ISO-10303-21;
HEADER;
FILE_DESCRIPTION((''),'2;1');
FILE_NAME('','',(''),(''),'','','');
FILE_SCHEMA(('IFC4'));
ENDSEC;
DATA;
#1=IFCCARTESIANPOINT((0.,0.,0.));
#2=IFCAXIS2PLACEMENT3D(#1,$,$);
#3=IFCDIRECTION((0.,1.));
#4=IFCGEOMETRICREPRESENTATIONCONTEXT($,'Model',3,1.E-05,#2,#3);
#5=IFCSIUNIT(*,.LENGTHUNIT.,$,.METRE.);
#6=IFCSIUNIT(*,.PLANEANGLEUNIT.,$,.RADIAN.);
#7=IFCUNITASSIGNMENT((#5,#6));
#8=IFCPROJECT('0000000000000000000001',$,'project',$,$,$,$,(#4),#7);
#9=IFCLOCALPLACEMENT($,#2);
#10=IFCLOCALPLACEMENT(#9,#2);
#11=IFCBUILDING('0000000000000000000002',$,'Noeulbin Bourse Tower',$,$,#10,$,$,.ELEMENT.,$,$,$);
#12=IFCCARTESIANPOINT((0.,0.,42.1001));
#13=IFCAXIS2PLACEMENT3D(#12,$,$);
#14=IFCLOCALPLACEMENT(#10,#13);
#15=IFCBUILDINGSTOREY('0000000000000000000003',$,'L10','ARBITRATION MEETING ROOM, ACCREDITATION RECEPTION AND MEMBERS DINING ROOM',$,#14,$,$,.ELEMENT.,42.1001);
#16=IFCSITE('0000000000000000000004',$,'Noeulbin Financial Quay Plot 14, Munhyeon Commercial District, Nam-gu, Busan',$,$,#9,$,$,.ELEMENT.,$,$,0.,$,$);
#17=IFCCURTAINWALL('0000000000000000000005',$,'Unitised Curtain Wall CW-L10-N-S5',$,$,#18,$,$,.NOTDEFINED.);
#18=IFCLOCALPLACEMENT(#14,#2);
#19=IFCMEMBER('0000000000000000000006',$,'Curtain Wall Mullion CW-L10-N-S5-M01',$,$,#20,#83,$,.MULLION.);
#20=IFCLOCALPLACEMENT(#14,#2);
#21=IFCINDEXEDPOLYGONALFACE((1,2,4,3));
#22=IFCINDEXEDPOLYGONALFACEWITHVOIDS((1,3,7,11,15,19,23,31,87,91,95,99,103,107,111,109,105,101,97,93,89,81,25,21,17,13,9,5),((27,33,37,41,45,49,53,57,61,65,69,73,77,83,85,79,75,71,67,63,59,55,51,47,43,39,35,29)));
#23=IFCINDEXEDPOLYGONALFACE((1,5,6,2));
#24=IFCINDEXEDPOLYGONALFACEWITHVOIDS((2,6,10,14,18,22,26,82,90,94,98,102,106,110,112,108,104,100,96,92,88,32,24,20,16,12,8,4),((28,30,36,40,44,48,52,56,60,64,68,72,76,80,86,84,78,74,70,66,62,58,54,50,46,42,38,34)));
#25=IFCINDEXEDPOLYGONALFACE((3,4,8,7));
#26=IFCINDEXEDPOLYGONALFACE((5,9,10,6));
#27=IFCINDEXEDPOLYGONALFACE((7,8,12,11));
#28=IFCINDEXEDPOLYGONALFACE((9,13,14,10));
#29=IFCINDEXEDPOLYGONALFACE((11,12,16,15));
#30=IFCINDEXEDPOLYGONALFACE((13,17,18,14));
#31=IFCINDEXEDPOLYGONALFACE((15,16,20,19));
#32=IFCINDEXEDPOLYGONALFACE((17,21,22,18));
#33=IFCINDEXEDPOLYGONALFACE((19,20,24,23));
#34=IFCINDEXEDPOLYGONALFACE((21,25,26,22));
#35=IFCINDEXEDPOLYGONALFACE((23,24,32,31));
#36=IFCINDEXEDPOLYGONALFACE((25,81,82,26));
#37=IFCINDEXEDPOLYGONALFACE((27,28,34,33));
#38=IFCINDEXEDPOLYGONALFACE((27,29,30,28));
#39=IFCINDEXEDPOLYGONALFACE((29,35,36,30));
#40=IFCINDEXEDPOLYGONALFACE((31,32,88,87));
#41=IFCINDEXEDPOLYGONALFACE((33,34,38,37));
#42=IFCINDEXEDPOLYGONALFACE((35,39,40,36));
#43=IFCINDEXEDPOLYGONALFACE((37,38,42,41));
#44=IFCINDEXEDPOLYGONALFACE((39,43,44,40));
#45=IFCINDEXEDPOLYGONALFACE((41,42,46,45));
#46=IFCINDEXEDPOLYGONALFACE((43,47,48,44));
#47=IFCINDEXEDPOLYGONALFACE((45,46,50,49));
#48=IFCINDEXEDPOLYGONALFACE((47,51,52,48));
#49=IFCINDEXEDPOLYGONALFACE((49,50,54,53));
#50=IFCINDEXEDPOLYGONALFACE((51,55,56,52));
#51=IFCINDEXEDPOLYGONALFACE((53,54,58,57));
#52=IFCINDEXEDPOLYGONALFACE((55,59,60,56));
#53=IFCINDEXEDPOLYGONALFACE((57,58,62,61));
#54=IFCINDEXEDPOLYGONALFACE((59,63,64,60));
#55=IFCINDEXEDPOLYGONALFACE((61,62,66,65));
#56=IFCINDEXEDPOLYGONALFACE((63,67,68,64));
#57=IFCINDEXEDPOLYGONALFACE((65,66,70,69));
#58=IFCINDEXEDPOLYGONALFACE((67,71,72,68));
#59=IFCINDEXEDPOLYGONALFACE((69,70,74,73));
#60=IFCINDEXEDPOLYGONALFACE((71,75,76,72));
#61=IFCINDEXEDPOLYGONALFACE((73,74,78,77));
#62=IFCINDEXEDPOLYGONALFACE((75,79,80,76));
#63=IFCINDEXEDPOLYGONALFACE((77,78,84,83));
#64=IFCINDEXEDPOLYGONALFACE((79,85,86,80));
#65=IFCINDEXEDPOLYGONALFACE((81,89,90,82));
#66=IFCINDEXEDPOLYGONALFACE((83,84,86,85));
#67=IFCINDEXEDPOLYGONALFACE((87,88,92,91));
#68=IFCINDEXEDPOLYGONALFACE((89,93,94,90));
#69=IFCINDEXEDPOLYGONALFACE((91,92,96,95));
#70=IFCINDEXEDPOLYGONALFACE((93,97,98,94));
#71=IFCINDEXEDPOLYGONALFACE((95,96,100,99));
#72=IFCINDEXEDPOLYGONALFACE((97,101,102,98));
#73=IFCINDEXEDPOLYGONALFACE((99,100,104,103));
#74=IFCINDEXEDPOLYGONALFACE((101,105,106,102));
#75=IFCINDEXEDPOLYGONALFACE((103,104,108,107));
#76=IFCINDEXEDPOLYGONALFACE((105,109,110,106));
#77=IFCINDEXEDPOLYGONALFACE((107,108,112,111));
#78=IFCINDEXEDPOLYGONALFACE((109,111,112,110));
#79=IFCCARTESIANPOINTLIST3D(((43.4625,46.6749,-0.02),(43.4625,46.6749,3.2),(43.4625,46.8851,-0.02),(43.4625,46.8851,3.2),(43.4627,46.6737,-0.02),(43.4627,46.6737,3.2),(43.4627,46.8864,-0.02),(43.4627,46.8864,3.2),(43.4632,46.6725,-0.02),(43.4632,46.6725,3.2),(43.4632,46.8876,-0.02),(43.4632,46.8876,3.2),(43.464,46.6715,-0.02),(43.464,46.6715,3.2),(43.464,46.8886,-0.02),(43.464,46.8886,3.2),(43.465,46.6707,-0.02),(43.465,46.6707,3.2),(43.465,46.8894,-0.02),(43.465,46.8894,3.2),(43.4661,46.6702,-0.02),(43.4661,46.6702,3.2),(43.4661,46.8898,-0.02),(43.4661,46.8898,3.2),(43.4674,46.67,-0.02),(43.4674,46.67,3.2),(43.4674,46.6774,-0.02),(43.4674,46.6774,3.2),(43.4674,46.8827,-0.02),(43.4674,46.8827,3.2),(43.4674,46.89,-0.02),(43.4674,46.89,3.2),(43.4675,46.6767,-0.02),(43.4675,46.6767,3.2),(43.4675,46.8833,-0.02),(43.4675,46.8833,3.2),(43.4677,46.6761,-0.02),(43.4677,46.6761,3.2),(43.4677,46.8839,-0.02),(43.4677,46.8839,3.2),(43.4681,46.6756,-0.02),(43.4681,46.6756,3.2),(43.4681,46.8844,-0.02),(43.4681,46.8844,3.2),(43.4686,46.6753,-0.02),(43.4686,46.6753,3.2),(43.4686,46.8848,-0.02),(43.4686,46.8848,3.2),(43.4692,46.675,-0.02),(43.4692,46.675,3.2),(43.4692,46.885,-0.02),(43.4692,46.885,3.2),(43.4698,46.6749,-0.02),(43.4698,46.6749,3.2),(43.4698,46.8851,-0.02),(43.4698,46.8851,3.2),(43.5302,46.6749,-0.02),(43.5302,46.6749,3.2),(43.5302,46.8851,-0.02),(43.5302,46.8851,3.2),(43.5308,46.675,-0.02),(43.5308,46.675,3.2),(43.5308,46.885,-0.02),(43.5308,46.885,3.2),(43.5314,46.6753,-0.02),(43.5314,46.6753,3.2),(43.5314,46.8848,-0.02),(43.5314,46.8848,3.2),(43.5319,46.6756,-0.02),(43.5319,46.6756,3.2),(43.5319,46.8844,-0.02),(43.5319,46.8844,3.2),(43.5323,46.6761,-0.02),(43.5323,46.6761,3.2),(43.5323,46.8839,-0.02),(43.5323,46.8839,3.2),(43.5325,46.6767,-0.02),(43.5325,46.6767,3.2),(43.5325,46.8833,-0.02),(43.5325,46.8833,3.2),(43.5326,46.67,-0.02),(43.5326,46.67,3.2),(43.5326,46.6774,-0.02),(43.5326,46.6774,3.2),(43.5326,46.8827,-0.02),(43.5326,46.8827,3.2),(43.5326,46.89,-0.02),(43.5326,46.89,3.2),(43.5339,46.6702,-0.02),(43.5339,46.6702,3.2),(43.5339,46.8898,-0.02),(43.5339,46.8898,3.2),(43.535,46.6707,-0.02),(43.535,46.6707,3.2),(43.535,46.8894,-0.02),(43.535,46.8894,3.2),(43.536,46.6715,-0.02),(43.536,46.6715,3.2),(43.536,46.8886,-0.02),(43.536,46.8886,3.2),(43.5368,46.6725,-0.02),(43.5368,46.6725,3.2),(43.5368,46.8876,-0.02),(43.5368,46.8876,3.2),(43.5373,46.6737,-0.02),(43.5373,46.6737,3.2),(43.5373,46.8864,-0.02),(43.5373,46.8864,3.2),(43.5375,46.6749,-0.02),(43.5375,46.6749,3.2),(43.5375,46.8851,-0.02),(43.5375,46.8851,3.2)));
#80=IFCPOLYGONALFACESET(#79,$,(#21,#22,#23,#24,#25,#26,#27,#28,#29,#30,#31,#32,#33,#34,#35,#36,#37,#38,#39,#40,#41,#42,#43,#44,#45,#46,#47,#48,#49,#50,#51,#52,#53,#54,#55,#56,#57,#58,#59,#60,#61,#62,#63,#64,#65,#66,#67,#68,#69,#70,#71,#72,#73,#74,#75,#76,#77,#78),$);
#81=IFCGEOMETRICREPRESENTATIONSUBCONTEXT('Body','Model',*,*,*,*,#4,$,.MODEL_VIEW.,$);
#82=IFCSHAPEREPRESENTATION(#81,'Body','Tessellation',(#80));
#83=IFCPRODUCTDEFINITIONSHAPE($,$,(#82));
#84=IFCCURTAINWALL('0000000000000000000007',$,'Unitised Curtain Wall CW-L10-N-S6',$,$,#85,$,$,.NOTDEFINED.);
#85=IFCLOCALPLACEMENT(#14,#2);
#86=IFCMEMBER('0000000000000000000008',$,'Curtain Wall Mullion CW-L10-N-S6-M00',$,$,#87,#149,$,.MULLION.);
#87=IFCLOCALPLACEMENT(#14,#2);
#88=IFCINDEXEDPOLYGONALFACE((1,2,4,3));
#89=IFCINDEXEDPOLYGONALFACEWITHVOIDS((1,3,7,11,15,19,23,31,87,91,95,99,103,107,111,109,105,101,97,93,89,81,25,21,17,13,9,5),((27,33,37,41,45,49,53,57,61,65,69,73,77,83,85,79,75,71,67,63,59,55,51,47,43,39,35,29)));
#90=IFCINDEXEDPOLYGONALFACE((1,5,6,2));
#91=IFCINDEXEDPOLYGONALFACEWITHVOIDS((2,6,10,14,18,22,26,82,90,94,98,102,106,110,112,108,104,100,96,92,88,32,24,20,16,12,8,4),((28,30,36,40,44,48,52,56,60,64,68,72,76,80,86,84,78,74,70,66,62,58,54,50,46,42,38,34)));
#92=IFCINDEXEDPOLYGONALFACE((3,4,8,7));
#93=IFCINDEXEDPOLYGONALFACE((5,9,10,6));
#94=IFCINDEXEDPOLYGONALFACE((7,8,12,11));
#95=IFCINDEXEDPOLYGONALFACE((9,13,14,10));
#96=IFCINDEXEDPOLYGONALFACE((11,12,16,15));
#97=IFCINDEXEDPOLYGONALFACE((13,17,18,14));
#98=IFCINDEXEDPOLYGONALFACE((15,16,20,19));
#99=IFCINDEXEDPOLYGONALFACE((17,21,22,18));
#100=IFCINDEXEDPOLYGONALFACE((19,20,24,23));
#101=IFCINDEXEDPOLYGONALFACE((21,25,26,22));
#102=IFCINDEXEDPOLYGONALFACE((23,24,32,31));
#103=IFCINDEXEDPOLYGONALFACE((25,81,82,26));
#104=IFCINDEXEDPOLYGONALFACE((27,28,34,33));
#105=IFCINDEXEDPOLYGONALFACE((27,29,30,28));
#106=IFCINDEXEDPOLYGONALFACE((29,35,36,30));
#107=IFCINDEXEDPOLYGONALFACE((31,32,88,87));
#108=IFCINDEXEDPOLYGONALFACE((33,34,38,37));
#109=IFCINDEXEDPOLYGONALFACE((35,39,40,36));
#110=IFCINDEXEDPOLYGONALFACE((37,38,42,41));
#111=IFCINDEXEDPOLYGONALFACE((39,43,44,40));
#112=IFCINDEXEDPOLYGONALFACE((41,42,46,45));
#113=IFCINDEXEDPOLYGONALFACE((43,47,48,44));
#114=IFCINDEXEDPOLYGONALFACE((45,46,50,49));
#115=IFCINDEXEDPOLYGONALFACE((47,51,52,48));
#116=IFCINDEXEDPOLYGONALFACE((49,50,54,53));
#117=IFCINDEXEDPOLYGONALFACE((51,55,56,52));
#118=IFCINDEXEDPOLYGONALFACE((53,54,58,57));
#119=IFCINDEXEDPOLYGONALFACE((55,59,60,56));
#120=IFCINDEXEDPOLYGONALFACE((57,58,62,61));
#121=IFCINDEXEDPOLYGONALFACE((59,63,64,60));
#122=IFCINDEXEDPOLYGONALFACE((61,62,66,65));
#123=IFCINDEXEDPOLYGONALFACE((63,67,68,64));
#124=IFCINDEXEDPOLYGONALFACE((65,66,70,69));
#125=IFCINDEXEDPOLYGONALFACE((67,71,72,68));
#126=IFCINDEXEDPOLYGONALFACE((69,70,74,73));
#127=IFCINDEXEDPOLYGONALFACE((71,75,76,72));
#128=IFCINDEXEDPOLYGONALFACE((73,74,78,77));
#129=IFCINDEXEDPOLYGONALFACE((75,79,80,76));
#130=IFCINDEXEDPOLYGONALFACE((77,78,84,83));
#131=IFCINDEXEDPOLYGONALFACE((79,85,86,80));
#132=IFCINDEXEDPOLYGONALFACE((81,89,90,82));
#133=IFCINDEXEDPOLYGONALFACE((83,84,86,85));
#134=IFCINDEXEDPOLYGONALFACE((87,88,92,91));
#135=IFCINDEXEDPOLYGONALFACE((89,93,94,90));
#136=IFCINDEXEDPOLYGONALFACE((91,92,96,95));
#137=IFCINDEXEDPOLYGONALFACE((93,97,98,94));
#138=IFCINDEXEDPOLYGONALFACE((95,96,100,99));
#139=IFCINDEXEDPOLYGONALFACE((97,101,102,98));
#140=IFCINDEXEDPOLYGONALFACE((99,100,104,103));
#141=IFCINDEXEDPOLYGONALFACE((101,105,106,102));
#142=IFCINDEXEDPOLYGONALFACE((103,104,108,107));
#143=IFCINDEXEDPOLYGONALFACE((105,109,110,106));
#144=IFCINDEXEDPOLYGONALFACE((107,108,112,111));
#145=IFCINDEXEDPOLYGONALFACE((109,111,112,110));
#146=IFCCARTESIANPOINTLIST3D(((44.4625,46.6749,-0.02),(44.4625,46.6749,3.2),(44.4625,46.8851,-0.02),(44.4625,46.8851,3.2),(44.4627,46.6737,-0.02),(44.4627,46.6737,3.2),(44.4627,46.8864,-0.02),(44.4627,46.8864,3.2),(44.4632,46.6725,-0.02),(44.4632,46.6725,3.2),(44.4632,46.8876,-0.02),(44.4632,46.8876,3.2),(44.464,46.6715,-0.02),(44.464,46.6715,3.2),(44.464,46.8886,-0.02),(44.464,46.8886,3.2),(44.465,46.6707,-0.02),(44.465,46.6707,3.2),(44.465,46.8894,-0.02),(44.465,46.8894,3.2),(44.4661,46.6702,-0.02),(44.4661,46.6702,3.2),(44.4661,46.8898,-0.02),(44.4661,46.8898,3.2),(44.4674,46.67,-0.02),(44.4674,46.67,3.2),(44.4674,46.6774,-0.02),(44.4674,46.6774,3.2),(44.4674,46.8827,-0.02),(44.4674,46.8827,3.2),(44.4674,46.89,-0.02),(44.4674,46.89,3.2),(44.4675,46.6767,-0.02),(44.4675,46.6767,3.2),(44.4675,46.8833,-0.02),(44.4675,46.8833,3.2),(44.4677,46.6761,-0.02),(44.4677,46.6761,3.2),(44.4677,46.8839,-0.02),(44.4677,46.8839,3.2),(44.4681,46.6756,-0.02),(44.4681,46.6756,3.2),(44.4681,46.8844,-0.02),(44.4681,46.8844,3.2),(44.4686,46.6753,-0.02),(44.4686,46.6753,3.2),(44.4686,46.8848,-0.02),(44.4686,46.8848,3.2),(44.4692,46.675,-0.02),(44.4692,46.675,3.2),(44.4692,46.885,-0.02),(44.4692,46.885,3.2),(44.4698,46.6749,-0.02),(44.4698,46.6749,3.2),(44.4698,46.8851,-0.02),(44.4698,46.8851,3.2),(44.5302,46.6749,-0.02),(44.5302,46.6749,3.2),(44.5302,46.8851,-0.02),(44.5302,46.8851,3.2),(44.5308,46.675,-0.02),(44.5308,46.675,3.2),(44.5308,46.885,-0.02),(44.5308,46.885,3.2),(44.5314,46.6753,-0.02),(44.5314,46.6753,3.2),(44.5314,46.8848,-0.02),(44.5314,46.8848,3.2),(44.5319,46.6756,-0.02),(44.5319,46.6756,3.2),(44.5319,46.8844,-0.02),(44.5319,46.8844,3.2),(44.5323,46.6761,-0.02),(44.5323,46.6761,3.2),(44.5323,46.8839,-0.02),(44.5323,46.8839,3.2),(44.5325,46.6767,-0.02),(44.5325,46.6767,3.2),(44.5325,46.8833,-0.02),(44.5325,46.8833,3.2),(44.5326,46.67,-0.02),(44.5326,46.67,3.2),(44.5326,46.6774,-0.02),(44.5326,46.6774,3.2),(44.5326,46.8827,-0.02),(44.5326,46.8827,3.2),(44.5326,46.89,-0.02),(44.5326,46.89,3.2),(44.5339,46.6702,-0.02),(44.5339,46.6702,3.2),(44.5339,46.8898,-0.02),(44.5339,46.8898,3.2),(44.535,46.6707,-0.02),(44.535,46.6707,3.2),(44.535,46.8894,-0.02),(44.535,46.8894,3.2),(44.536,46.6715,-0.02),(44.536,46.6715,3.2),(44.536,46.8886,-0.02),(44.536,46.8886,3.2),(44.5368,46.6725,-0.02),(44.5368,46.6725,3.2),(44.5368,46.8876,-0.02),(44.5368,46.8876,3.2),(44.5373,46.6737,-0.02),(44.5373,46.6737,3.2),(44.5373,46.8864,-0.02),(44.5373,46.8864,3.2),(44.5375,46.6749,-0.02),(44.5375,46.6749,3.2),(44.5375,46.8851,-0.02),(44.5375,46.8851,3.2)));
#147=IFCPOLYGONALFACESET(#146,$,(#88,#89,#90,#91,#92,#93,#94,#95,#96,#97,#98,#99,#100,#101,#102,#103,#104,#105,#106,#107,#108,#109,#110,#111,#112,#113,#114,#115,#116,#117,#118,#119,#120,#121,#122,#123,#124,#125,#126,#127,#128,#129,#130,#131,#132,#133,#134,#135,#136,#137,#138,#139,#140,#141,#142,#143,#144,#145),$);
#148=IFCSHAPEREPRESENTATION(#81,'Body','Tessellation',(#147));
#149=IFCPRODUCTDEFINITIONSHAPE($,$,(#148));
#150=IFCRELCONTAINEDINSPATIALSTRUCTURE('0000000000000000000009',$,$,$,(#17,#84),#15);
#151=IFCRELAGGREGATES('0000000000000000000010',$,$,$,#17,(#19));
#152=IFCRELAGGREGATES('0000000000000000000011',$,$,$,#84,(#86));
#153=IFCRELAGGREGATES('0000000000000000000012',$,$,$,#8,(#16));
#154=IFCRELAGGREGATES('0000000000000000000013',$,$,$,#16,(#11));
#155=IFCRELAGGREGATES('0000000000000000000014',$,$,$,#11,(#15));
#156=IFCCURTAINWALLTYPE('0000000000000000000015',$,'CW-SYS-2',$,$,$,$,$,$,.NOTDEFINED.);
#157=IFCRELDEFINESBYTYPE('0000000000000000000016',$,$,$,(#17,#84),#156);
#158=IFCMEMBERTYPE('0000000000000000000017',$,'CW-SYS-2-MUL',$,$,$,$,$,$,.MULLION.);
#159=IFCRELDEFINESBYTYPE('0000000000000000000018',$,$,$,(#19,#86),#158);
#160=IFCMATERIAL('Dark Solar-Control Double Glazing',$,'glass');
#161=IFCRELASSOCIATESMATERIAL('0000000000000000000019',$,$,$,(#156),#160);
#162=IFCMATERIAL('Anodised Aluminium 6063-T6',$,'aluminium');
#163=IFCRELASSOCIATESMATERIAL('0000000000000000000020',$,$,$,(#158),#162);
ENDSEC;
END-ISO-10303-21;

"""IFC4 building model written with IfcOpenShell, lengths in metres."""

from ifc_helpers import new_model, si_unit, direction, frame, origin, origin_2d, place, context, subcontext, project, spatial, hollow_rectangle, extrude, material, material_profile, profile_set, type_object, element, aggregate, save


model = new_model("IFC4")

# Units and contexts
model_context = context("Model", 3, precision=1e-05, world=origin(), true_north=direction((0.0, 1.0)))
body_context = subcontext(model_context, "Body", "Model", "MODEL_VIEW")
ifc_project = project(units=[si_unit("LENGTHUNIT", "METRE"), si_unit("PLANEANGLEUNIT", "RADIAN")], contexts=[model_context])

# Site, building, storey
site_placement = place(None, origin())
site = spatial("IfcSite", under=ifc_project, at=site_placement, Name="Noeulbin Financial Quay Plot 14, Munhyeon Commercial District, Nam-gu, Busan", CompositionType="ELEMENT", RefElevation=0.0)
building_placement = place(site_placement, origin())
building = spatial("IfcBuilding", under=site, at=building_placement, Name="Noeulbin Bourse Tower", CompositionType="ELEMENT")
storey_placement = place(building_placement, frame((0.0, 0.0, 42.1001)))
storey = spatial("IfcBuildingStorey", under=building, at=storey_placement, Name="L10", Description="ARBITRATION MEETING ROOM, ACCREDITATION RECEPTION AND MEMBERS DINING ROOM", CompositionType="ELEMENT", Elevation=42.1001)

# Curtain wall, member
ifc_material_1 = material(Name="Dark Solar-Control Double Glazing", Category="glass")
curtain_wall_type = type_object("IfcCurtainWallType", Name="CW-SYS-2", PredefinedType="NOTDEFINED", material=ifc_material_1)
curtain_wall_1_placement = place(storey_placement, origin())
curtain_wall_1 = element("IfcCurtainWall", 1, at=curtain_wall_1_placement, inside=storey, type_object=curtain_wall_type, Name="Unitised Curtain Wall CW-L10-N-S5", PredefinedType="NOTDEFINED")
ifc_material_2 = material(Name="Anodised Aluminium 6063-T6", Category="aluminium")
ifc_material_profile_1 = material_profile(ifc_material_2, hollow_rectangle(XDim=0.075, YDim=0.22, WallThickness=0.0049, InnerFilletRadius=0.0024, OuterFilletRadius=0.0049, at=origin_2d()), Name="ALU-MULL-75x220x5", Category="LoadBearing")
ifc_profile_set_1 = profile_set([ifc_material_profile_1], Name="Anodised Aluminium 6063-T6")
member_type_1 = type_object("IfcMemberType", Name="CW-SYS-2-MUL", PredefinedType="MULLION", material=ifc_profile_set_1)
member_1_placement = place(storey_placement, frame((43.5, 46.78, -0.02), z_axis=(0.0, 0.0, 1.0), x_axis=(1.0, 0.0, 0.0)))
member_1 = element("IfcMember", 2, at=member_1_placement, type_object=member_type_1, Name="Curtain Wall Mullion CW-L10-N-S5-M01", PredefinedType="MULLION", context=body_context, shape_type="SweptSolid", body=[
    extrude(hollow_rectangle(XDim=0.075, YDim=0.22, WallThickness=0.0049, InnerFilletRadius=0.0024, OuterFilletRadius=0.0049, at=origin_2d()), origin(), (0.0, 0.0, 1.0), 3.22),
])

# Curtain wall, member
curtain_wall_2_placement = place(storey_placement, origin())
curtain_wall_2 = element("IfcCurtainWall", 3, at=curtain_wall_2_placement, inside=storey, type_object=curtain_wall_type, Name="Unitised Curtain Wall CW-L10-N-S6", PredefinedType="NOTDEFINED")
member_2_placement = place(storey_placement, frame((44.5, 46.78, -0.02), z_axis=(0.0, 0.0, 1.0), x_axis=(1.0, 0.0, 0.0)))
member_2 = element("IfcMember", 4, at=member_2_placement, type_object=member_type_1, Name="Curtain Wall Mullion CW-L10-N-S6-M00", PredefinedType="MULLION", context=body_context, shape_type="SweptSolid", body=[
    extrude(hollow_rectangle(XDim=0.075, YDim=0.22, WallThickness=0.0049, InnerFilletRadius=0.0024, OuterFilletRadius=0.0049, at=origin_2d()), origin(), (0.0, 0.0, 1.0), 3.22),
])

aggregate(curtain_wall_1, [member_1])
aggregate(curtain_wall_2, [member_2])

save(model, "model.ifc")
